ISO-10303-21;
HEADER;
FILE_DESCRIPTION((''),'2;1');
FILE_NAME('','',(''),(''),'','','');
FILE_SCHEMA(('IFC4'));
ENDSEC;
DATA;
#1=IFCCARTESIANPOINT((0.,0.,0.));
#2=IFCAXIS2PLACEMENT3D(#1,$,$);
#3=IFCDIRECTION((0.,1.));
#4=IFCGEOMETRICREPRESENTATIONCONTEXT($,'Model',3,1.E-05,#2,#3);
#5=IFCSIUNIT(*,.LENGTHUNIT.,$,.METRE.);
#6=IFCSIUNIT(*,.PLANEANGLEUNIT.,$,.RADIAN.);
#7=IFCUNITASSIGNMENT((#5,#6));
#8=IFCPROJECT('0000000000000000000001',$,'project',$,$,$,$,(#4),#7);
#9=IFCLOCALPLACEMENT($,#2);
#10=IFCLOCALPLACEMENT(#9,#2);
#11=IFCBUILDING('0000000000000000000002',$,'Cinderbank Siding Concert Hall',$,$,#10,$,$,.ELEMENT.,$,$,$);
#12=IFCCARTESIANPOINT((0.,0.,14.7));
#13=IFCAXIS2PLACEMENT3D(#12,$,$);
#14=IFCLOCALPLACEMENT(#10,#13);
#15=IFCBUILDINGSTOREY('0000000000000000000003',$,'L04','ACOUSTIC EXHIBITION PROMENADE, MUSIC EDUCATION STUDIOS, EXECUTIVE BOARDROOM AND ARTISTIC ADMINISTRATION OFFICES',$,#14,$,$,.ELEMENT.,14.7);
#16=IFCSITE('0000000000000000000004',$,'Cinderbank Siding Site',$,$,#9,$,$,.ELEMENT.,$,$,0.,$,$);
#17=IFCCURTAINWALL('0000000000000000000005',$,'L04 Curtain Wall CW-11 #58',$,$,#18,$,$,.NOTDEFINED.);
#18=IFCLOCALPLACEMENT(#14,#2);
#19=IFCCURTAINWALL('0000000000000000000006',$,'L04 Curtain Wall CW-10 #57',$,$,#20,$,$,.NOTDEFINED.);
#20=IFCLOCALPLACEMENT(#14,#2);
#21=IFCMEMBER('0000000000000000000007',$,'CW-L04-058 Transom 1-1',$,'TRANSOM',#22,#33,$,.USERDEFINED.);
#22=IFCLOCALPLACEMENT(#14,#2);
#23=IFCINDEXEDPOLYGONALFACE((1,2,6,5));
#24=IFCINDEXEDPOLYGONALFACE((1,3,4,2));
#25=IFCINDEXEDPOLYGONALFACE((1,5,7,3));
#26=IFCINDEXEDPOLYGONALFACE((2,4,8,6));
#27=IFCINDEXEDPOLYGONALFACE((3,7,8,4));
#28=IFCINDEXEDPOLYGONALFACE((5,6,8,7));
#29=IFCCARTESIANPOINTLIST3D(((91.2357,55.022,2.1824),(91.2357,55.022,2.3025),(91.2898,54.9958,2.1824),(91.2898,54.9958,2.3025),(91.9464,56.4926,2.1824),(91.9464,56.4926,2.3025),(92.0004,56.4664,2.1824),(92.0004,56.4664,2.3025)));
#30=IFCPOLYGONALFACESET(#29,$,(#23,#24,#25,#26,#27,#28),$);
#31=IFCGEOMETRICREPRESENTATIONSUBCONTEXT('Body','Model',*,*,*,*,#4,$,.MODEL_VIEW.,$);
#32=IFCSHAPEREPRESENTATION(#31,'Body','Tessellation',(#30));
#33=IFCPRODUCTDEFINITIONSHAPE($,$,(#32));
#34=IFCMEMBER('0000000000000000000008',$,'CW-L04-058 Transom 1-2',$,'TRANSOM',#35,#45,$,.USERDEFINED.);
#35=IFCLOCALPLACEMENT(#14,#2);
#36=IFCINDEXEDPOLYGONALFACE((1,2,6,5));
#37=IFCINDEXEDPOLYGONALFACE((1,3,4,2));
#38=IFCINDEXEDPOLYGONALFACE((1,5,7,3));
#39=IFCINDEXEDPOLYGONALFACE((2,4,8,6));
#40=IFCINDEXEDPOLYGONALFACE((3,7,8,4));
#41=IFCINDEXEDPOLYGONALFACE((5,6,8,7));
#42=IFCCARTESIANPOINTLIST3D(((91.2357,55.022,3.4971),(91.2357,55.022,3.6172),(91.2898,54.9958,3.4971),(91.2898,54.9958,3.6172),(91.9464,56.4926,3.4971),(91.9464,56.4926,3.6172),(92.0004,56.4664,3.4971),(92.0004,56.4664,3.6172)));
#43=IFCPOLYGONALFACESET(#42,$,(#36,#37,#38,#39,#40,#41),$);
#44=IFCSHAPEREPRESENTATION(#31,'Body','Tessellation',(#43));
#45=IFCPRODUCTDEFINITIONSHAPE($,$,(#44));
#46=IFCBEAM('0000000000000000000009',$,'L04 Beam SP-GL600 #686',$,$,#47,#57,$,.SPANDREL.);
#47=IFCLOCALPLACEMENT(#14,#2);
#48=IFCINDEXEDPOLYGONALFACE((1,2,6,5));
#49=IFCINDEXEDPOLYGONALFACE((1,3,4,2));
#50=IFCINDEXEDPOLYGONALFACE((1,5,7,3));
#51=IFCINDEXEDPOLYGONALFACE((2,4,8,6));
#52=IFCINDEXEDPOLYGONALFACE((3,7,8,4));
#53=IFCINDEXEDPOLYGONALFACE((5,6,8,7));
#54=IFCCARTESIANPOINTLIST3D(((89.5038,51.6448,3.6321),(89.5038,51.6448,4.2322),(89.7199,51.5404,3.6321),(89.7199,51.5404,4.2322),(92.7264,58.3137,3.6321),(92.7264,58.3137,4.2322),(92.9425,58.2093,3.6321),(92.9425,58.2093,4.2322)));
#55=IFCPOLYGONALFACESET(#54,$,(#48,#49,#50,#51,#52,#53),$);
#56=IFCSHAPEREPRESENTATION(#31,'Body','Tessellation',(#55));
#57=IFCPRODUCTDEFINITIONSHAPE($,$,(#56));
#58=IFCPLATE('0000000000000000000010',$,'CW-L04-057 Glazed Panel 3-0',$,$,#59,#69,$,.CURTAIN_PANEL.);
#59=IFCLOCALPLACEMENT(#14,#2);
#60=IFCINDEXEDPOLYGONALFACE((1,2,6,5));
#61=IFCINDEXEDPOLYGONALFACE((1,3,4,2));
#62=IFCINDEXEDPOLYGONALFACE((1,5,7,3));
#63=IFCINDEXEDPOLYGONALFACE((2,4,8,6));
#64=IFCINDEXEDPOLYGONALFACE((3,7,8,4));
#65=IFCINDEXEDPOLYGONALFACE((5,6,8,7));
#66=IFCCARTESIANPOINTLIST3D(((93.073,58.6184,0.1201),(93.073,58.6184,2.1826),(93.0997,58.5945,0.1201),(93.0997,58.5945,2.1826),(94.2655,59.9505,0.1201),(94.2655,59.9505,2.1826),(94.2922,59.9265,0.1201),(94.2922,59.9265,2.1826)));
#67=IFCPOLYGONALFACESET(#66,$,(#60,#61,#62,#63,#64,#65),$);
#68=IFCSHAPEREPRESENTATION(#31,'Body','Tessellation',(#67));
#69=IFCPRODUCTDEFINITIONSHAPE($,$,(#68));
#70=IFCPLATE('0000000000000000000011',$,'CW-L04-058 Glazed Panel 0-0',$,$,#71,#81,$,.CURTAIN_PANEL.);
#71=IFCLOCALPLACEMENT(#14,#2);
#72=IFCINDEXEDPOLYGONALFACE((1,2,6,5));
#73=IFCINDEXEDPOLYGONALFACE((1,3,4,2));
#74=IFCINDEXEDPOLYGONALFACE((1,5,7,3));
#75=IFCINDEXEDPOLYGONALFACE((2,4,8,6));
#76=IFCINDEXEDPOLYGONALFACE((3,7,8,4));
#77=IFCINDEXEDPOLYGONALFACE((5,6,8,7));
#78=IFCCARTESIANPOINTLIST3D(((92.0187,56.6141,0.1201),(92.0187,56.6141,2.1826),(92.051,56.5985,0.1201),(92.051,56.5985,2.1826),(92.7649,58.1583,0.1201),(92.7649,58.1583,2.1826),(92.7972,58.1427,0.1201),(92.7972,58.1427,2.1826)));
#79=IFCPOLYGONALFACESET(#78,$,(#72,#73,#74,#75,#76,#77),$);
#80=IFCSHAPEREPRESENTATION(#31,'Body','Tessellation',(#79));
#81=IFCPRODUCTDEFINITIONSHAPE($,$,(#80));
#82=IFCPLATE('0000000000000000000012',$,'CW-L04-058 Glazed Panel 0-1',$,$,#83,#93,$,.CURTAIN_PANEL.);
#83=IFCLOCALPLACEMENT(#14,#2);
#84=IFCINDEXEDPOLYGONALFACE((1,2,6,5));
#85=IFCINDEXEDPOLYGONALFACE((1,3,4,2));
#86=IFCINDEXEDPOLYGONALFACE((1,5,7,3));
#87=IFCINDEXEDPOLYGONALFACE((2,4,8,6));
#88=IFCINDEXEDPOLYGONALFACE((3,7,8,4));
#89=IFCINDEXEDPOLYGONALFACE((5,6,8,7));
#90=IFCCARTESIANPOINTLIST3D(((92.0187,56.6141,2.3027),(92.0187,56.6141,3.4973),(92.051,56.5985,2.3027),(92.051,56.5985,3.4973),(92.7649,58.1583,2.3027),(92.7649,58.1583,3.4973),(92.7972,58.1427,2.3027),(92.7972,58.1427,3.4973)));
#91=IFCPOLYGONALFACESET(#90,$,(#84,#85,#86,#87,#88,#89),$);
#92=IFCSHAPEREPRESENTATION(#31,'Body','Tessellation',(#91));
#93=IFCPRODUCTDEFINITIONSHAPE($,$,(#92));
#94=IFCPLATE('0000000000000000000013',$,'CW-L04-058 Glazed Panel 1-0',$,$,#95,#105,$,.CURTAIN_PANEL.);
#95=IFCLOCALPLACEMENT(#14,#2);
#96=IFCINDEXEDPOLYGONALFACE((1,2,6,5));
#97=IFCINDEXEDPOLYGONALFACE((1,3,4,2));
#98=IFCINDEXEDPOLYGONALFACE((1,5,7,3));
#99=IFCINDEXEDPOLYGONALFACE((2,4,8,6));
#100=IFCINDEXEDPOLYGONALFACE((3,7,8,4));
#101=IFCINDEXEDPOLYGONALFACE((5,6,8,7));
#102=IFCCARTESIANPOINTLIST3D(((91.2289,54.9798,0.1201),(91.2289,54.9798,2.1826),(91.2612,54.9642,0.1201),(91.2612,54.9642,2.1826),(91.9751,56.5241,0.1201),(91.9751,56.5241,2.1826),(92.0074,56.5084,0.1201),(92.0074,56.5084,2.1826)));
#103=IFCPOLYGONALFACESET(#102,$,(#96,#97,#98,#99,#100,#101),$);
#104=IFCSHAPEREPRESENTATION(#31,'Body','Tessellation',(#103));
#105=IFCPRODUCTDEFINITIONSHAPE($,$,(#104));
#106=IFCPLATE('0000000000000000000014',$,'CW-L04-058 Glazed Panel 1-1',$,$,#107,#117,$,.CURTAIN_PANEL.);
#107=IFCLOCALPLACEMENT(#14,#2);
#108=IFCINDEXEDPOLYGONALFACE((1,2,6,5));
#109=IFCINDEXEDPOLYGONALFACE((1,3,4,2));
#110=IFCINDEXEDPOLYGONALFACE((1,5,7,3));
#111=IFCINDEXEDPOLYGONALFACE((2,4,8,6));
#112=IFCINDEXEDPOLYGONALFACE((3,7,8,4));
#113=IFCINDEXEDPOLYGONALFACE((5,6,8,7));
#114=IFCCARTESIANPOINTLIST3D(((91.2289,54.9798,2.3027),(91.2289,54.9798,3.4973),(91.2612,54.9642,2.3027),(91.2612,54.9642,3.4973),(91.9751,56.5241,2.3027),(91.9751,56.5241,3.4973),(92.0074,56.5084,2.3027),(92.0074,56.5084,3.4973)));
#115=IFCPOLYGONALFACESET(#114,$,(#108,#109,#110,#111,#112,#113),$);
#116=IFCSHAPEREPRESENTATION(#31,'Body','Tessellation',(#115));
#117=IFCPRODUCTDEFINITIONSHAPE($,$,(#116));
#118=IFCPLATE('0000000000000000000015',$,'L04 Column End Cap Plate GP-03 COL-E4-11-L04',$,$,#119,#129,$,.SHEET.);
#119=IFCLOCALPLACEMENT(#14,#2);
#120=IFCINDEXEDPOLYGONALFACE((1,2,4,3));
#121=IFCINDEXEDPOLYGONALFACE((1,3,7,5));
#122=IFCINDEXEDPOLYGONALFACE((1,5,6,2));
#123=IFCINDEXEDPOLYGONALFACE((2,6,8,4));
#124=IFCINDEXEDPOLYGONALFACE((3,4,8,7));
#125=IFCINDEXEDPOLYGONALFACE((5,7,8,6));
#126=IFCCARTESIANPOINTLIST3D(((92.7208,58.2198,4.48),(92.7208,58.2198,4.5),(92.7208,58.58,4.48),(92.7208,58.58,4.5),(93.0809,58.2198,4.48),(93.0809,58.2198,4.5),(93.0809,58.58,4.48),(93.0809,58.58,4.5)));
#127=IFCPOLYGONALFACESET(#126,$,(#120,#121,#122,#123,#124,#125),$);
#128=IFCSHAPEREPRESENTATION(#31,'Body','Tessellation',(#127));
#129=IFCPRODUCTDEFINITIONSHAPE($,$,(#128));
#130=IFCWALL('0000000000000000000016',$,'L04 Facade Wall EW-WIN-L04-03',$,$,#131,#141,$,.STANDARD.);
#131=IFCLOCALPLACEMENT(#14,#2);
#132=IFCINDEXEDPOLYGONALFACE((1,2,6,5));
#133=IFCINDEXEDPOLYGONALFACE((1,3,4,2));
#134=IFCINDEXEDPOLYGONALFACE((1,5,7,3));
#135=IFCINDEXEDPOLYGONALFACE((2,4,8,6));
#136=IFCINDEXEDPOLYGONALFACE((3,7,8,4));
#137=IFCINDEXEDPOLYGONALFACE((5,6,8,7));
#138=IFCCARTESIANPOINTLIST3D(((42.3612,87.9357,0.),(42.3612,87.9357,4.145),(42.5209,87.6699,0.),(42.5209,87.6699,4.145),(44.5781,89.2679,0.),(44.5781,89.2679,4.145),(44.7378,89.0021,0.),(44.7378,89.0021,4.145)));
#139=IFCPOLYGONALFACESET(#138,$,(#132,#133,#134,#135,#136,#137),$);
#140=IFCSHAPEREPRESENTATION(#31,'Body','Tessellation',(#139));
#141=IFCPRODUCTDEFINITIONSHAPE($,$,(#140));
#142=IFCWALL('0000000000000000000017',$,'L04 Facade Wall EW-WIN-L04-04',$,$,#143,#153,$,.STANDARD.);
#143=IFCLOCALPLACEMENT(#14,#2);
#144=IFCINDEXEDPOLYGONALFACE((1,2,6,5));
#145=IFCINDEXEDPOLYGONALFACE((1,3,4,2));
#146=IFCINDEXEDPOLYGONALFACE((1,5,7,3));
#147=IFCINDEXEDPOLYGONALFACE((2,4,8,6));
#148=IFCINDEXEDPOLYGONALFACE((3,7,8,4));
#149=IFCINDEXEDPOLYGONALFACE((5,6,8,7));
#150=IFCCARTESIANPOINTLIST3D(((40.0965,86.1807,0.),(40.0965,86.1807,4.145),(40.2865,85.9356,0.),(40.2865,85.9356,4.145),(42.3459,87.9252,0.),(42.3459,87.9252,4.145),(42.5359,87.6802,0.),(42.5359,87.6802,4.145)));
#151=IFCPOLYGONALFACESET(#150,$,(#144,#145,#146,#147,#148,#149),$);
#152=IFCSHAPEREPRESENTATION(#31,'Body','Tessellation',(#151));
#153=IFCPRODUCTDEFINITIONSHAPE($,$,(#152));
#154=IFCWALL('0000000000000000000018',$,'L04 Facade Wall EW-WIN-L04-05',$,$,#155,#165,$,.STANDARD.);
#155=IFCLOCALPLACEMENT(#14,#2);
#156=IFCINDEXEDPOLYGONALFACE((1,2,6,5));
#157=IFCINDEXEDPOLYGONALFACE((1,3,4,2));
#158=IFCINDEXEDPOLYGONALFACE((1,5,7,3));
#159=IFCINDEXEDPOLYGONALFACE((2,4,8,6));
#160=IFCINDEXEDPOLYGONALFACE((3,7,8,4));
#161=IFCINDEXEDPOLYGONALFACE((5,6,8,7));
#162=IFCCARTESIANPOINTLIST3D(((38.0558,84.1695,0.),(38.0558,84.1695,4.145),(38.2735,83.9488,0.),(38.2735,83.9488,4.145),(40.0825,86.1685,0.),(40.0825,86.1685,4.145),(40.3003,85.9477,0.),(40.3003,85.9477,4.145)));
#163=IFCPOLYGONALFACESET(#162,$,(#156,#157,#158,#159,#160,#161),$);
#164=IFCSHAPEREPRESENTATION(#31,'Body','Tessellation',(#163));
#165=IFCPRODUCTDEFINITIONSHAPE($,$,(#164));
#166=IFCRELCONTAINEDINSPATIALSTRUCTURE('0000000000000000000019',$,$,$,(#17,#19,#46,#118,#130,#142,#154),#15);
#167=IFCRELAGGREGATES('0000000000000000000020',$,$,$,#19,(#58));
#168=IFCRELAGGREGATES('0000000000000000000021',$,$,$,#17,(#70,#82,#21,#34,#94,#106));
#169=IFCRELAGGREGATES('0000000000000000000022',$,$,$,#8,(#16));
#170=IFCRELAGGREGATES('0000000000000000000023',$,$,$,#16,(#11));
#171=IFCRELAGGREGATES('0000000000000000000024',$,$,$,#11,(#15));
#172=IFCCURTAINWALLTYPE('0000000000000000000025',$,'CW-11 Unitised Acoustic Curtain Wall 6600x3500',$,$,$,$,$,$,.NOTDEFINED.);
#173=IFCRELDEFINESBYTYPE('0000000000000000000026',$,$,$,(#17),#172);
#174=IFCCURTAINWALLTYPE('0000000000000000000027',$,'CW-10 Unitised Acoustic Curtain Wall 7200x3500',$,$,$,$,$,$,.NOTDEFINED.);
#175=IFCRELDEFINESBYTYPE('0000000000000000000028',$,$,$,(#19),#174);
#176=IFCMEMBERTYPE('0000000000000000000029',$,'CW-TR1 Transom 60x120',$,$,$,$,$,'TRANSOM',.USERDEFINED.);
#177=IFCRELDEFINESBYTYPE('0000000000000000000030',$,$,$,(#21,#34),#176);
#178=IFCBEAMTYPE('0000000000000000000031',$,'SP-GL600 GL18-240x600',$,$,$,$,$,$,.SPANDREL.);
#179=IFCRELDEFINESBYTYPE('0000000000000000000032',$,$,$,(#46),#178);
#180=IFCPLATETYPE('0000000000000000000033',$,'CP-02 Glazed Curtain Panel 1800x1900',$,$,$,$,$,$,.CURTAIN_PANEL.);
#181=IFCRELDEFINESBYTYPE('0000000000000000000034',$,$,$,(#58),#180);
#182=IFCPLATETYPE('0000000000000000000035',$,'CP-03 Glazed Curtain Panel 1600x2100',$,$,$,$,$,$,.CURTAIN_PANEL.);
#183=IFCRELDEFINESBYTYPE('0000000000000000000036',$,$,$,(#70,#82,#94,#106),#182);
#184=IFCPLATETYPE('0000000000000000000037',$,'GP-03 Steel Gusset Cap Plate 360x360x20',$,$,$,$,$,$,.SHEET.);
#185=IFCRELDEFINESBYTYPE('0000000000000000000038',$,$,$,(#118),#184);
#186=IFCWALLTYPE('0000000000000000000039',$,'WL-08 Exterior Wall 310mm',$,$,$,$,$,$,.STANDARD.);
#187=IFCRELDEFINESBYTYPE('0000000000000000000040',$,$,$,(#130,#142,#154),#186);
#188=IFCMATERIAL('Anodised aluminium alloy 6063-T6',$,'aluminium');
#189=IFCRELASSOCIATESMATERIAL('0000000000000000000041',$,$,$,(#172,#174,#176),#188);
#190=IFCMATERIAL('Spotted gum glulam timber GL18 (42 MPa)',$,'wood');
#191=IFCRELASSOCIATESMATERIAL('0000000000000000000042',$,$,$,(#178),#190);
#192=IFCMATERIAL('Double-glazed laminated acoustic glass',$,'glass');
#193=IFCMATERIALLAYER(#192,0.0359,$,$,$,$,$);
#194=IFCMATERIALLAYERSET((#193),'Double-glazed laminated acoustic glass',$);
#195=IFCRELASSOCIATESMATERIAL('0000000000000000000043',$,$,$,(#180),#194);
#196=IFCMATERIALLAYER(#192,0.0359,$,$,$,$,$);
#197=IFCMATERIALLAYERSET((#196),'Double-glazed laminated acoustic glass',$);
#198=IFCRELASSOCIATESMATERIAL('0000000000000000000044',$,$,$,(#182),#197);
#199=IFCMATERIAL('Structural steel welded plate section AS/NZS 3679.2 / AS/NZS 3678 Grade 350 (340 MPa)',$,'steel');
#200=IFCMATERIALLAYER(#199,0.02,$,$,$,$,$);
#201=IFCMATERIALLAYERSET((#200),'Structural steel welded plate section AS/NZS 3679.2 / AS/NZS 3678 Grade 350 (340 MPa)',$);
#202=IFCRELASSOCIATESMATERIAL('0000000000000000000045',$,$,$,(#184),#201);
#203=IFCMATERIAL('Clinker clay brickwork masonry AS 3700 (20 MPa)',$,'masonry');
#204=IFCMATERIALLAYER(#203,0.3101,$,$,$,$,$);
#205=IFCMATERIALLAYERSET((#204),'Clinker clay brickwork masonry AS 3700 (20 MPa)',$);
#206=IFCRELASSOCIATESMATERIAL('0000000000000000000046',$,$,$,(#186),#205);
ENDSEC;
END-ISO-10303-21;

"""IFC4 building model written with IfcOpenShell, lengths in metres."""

from ifc_helpers import new_model, si_unit, direction, frame, frame_2d, origin, origin_2d, place, context, subcontext, project, spatial, rectangle, extrude, material, layer, layer_set, material_profile, profile_set, type_object, element, aggregate, save


model = new_model("IFC4")

# Units and contexts
model_context = context("Model", 3, precision=1e-05, world=origin(), true_north=direction((0.0, 1.0)))
body_context = subcontext(model_context, "Body", "Model", "MODEL_VIEW")
ifc_project = project(units=[si_unit("LENGTHUNIT", "METRE"), si_unit("PLANEANGLEUNIT", "RADIAN")], contexts=[model_context])

# Site, building, storey
site_placement = place(None, origin())
site = spatial("IfcSite", under=ifc_project, at=site_placement, Name="Cinderbank Siding Site", CompositionType="ELEMENT", RefElevation=0.0)
building_placement = place(site_placement, origin())
building = spatial("IfcBuilding", under=site, at=building_placement, Name="Cinderbank Siding Concert Hall", CompositionType="ELEMENT")
storey_placement = place(building_placement, frame((0.0, 0.0, 14.7)))
storey = spatial("IfcBuildingStorey", under=building, at=storey_placement, Name="L04", Description="ACOUSTIC EXHIBITION PROMENADE, MUSIC EDUCATION STUDIOS, EXECUTIVE BOARDROOM AND ARTISTIC ADMINISTRATION OFFICES", CompositionType="ELEMENT", Elevation=14.7)

# Curtain wall
ifc_material_1 = material(Name="Anodised aluminium alloy 6063-T6", Category="aluminium")
curtain_wall_type_1 = type_object("IfcCurtainWallType", Name="CW-11 Unitised Acoustic Curtain Wall 6600x3500", PredefinedType="NOTDEFINED", material=ifc_material_1)
curtain_wall_1_placement = place(storey_placement, origin())
curtain_wall_1 = element("IfcCurtainWall", 1, at=curtain_wall_1_placement, inside=storey, type_object=curtain_wall_type_1, Name="L04 Curtain Wall CW-11 #58", PredefinedType="NOTDEFINED")

# Curtain wall
curtain_wall_type_2 = type_object("IfcCurtainWallType", Name="CW-10 Unitised Acoustic Curtain Wall 7200x3500", PredefinedType="NOTDEFINED", material=ifc_material_1)
curtain_wall_2_placement = place(storey_placement, origin())
curtain_wall_2 = element("IfcCurtainWall", 2, at=curtain_wall_2_placement, inside=storey, type_object=curtain_wall_type_2, Name="L04 Curtain Wall CW-10 #57", PredefinedType="NOTDEFINED")

# Members
ifc_material_profile_1 = material_profile(ifc_material_1, rectangle(XDim=0.0601, YDim=0.1201, at=origin_2d()), Name="ALU-TRAN-60x120", Category="LoadBearing")
ifc_profile_set_1 = profile_set([ifc_material_profile_1], Name="Anodised aluminium alloy 6063-T6")
member_type_1 = type_object("IfcMemberType", Name="CW-TR1 Transom 60x120", ElementType="TRANSOM", PredefinedType="USERDEFINED", material=ifc_profile_set_1)
member_1_placement = place(storey_placement, frame((91.9734, 56.4795, 2.2424), z_axis=(-0.435096, -0.900384, 0.0), x_axis=(0.900384, -0.435096, 0.0)))
member_1 = element("IfcMember", 3, at=member_1_placement, type_object=member_type_1, Name="CW-L04-058 Transom 1-1", ObjectType="TRANSOM", PredefinedType="USERDEFINED", context=body_context, shape_type="SweptSolid", body=[
    extrude(rectangle(XDim=0.0601, YDim=0.1201, at=origin_2d()), origin(), (0.0, 0.0, 1.0), 1.6333),
])
member_2_placement = place(storey_placement, frame((91.9734, 56.4795, 3.5571), z_axis=(-0.435096, -0.900384, 0.0), x_axis=(0.900384, -0.435096, 0.0)))
member_2 = element("IfcMember", 4, at=member_2_placement, type_object=member_type_1, Name="CW-L04-058 Transom 1-2", ObjectType="TRANSOM", PredefinedType="USERDEFINED", context=body_context, shape_type="SweptSolid", body=[
    extrude(rectangle(XDim=0.0601, YDim=0.1201, at=origin_2d()), origin(), (0.0, 0.0, 1.0), 1.6333),
])

# Beam
ifc_material_2 = material(Name="Spotted gum glulam timber GL18 (42 MPa)", Category="wood")
ifc_material_profile_2 = material_profile(ifc_material_2, rectangle(XDim=0.24, YDim=0.6001, at=origin_2d()), Name="GL18-240x600", Category="LoadBearing")
ifc_profile_set_2 = profile_set([ifc_material_profile_2], Name="Spotted gum glulam timber GL18 (42 MPa)")
beam_type_1 = type_object("IfcBeamType", Name="SP-GL600 GL18-240x600", PredefinedType="SPANDREL", material=ifc_profile_set_2)
beam_1_placement = place(storey_placement, frame((92.8345, 58.2615, 3.9321), z_axis=(-0.435096, -0.900384, 0.0), x_axis=(0.900384, -0.435096, 0.0)))
element("IfcBeam", 5, at=beam_1_placement, inside=storey, type_object=beam_type_1, Name="L04 Beam SP-GL600 #686", PredefinedType="SPANDREL", context=body_context, shape_type="SweptSolid", body=[
    extrude(rectangle(XDim=0.24, YDim=0.6001, at=origin_2d()), origin(), (0.0, 0.0, 1.0), 7.4067),
])

# Plates
ifc_material_3 = material(Name="Double-glazed laminated acoustic glass", Category="glass")
ifc_layer_1 = layer(ifc_material_3, 0.0359)
ifc_layer_set_1 = layer_set([ifc_layer_1], Name="Double-glazed laminated acoustic glass")
plate_type_1 = type_object("IfcPlateType", Name="CP-02 Glazed Curtain Panel 1800x1900", PredefinedType="CURTAIN_PANEL", material=ifc_layer_set_1)
plate_1_placement = place(storey_placement, frame((93.6826, 59.2725, 0.1201), z_axis=(0.0, 0.0, 1.0), x_axis=(-0.666993, -0.745064, 0.0)))
plate_1 = element("IfcPlate", 6, at=plate_1_placement, type_object=plate_type_1, Name="CW-L04-057 Glazed Panel 3-0", PredefinedType="CURTAIN_PANEL", context=body_context, shape_type="SweptSolid", body=[
    extrude(rectangle(XDim=1.7878, YDim=0.0359, at=origin_2d()), origin(), (0.0, 0.0, 1.0), 2.0625),
])
aggregate(curtain_wall_2, [plate_1])
ifc_layer_2 = layer(ifc_material_3, 0.0359)
ifc_layer_set_2 = layer_set([ifc_layer_2], Name="Double-glazed laminated acoustic glass")
plate_type_2 = type_object("IfcPlateType", Name="CP-03 Glazed Curtain Panel 1600x2100", PredefinedType="CURTAIN_PANEL", material=ifc_layer_set_2)
plate_2_placement = place(storey_placement, frame((92.408, 57.3784, 0.1201), z_axis=(0.0, 0.0, 1.0), x_axis=(-0.435102, -0.900381, 0.0)))
plate_2 = element("IfcPlate", 7, at=plate_2_placement, type_object=plate_type_2, Name="CW-L04-058 Glazed Panel 0-0", PredefinedType="CURTAIN_PANEL", context=body_context, shape_type="SweptSolid", body=[
    extrude(rectangle(XDim=1.7151, YDim=0.0359, at=origin_2d()), origin(), (0.0, 0.0, 1.0), 2.0625),
])
plate_3_placement = place(storey_placement, frame((92.408, 57.3784, 2.3027), z_axis=(0.0, 0.0, 1.0), x_axis=(-0.435102, -0.900381, 0.0)))
plate_3 = element("IfcPlate", 8, at=plate_3_placement, type_object=plate_type_2, Name="CW-L04-058 Glazed Panel 0-1", PredefinedType="CURTAIN_PANEL", context=body_context, shape_type="SweptSolid", body=[
    extrude(rectangle(XDim=1.7151, YDim=0.0359, at=origin_2d()), origin(), (0.0, 0.0, 1.0), 1.1946),
])
plate_4_placement = place(storey_placement, frame((91.6182, 55.7441, 0.1201), z_axis=(0.0, 0.0, 1.0), x_axis=(-0.435102, -0.900381, 0.0)))
plate_4 = element("IfcPlate", 9, at=plate_4_placement, type_object=plate_type_2, Name="CW-L04-058 Glazed Panel 1-0", PredefinedType="CURTAIN_PANEL", context=body_context, shape_type="SweptSolid", body=[
    extrude(rectangle(XDim=1.7151, YDim=0.0359, at=origin_2d()), origin(), (0.0, 0.0, 1.0), 2.0625),
])
plate_5_placement = place(storey_placement, frame((91.6182, 55.7441, 2.3027), z_axis=(0.0, 0.0, 1.0), x_axis=(-0.435102, -0.900381, 0.0)))
plate_5 = element("IfcPlate", 10, at=plate_5_placement, type_object=plate_type_2, Name="CW-L04-058 Glazed Panel 1-1", PredefinedType="CURTAIN_PANEL", context=body_context, shape_type="SweptSolid", body=[
    extrude(rectangle(XDim=1.7151, YDim=0.0359, at=origin_2d()), origin(), (0.0, 0.0, 1.0), 1.1946),
])
aggregate(curtain_wall_1, [plate_2, plate_3, member_1, member_2, plate_4, plate_5])
ifc_material_4 = material(Name="Structural steel welded plate section AS/NZS 3679.2 / AS/NZS 3678 Grade 350 (340 MPa)", Category="steel")
ifc_layer_3 = layer(ifc_material_4, 0.02)
ifc_layer_set_3 = layer_set([ifc_layer_3], Name="Structural steel welded plate section AS/NZS 3679.2 / AS/NZS 3678 Grade 350 (340 MPa)")
plate_type_3 = type_object("IfcPlateType", Name="GP-03 Steel Gusset Cap Plate 360x360x20", PredefinedType="SHEET", material=ifc_layer_set_3)
plate_6_placement = place(storey_placement, frame((92.9009, 58.3999, 4.48), z_axis=(0.0, 0.0, 1.0), x_axis=(1.0, 0.0, 0.0)))
element("IfcPlate", 11, at=plate_6_placement, inside=storey, type_object=plate_type_3, Name="L04 Column End Cap Plate GP-03 COL-E4-11-L04", PredefinedType="SHEET", context=body_context, shape_type="SweptSolid", body=[
    extrude(rectangle(XDim=0.3601, YDim=0.3601, at=origin_2d()), origin(), (0.0, 0.0, 1.0), 0.02),
])

# Walls
ifc_material_5 = material(Name="Clinker clay brickwork masonry AS 3700 (20 MPa)", Category="masonry")
ifc_layer_4 = layer(ifc_material_5, 0.3101)
ifc_layer_set_4 = layer_set([ifc_layer_4], Name="Clinker clay brickwork masonry AS 3700 (20 MPa)")
wall_type = type_object("IfcWallType", Name="WL-08 Exterior Wall 310mm", PredefinedType="STANDARD", material=ifc_layer_set_4)
wall_placement = place(storey_placement, frame((44.658, 89.135, 0.0), z_axis=(0.0, 0.0, 1.0), x_axis=(-0.857143, -0.515079, 0.0)))
element("IfcWall", 12, at=wall_placement, inside=storey, type_object=wall_type, Name="L04 Facade Wall EW-WIN-L04-03", PredefinedType="STANDARD", context=body_context, shape_type="SweptSolid", body=[
    extrude(rectangle(XDim=2.5864, YDim=0.3101, at=frame_2d((1.2932, 0.0))), origin(), (0.0, 0.0, 1.0), 4.145),
])
for number, where, z_axis, x_axis, name in (
    (13, (42.4409, 87.8027, 0.0), (0.0, 0.0, 1.0), (-0.790201, -0.612848, 0.0), "L04 Facade Wall EW-WIN-L04-04"),
    (14, (40.1914, 86.0581, 0.0), (0.0, 0.0, 1.0), (-0.711978, -0.702202, 0.0), "L04 Facade Wall EW-WIN-L04-05"),
):
    element("IfcWall", number, at=place(storey_placement, frame(where, z_axis=z_axis, x_axis=x_axis)), inside=storey, type_object=wall_type, Name=name, PredefinedType="STANDARD", context=body_context, shape_type="SweptSolid", body=[
        extrude(rectangle(XDim=2.8467, YDim=0.3101, at=frame_2d((1.4233, 0.0))), origin(), (0.0, 0.0, 1.0), 4.145),
    ])

save(model, "model.ifc")
